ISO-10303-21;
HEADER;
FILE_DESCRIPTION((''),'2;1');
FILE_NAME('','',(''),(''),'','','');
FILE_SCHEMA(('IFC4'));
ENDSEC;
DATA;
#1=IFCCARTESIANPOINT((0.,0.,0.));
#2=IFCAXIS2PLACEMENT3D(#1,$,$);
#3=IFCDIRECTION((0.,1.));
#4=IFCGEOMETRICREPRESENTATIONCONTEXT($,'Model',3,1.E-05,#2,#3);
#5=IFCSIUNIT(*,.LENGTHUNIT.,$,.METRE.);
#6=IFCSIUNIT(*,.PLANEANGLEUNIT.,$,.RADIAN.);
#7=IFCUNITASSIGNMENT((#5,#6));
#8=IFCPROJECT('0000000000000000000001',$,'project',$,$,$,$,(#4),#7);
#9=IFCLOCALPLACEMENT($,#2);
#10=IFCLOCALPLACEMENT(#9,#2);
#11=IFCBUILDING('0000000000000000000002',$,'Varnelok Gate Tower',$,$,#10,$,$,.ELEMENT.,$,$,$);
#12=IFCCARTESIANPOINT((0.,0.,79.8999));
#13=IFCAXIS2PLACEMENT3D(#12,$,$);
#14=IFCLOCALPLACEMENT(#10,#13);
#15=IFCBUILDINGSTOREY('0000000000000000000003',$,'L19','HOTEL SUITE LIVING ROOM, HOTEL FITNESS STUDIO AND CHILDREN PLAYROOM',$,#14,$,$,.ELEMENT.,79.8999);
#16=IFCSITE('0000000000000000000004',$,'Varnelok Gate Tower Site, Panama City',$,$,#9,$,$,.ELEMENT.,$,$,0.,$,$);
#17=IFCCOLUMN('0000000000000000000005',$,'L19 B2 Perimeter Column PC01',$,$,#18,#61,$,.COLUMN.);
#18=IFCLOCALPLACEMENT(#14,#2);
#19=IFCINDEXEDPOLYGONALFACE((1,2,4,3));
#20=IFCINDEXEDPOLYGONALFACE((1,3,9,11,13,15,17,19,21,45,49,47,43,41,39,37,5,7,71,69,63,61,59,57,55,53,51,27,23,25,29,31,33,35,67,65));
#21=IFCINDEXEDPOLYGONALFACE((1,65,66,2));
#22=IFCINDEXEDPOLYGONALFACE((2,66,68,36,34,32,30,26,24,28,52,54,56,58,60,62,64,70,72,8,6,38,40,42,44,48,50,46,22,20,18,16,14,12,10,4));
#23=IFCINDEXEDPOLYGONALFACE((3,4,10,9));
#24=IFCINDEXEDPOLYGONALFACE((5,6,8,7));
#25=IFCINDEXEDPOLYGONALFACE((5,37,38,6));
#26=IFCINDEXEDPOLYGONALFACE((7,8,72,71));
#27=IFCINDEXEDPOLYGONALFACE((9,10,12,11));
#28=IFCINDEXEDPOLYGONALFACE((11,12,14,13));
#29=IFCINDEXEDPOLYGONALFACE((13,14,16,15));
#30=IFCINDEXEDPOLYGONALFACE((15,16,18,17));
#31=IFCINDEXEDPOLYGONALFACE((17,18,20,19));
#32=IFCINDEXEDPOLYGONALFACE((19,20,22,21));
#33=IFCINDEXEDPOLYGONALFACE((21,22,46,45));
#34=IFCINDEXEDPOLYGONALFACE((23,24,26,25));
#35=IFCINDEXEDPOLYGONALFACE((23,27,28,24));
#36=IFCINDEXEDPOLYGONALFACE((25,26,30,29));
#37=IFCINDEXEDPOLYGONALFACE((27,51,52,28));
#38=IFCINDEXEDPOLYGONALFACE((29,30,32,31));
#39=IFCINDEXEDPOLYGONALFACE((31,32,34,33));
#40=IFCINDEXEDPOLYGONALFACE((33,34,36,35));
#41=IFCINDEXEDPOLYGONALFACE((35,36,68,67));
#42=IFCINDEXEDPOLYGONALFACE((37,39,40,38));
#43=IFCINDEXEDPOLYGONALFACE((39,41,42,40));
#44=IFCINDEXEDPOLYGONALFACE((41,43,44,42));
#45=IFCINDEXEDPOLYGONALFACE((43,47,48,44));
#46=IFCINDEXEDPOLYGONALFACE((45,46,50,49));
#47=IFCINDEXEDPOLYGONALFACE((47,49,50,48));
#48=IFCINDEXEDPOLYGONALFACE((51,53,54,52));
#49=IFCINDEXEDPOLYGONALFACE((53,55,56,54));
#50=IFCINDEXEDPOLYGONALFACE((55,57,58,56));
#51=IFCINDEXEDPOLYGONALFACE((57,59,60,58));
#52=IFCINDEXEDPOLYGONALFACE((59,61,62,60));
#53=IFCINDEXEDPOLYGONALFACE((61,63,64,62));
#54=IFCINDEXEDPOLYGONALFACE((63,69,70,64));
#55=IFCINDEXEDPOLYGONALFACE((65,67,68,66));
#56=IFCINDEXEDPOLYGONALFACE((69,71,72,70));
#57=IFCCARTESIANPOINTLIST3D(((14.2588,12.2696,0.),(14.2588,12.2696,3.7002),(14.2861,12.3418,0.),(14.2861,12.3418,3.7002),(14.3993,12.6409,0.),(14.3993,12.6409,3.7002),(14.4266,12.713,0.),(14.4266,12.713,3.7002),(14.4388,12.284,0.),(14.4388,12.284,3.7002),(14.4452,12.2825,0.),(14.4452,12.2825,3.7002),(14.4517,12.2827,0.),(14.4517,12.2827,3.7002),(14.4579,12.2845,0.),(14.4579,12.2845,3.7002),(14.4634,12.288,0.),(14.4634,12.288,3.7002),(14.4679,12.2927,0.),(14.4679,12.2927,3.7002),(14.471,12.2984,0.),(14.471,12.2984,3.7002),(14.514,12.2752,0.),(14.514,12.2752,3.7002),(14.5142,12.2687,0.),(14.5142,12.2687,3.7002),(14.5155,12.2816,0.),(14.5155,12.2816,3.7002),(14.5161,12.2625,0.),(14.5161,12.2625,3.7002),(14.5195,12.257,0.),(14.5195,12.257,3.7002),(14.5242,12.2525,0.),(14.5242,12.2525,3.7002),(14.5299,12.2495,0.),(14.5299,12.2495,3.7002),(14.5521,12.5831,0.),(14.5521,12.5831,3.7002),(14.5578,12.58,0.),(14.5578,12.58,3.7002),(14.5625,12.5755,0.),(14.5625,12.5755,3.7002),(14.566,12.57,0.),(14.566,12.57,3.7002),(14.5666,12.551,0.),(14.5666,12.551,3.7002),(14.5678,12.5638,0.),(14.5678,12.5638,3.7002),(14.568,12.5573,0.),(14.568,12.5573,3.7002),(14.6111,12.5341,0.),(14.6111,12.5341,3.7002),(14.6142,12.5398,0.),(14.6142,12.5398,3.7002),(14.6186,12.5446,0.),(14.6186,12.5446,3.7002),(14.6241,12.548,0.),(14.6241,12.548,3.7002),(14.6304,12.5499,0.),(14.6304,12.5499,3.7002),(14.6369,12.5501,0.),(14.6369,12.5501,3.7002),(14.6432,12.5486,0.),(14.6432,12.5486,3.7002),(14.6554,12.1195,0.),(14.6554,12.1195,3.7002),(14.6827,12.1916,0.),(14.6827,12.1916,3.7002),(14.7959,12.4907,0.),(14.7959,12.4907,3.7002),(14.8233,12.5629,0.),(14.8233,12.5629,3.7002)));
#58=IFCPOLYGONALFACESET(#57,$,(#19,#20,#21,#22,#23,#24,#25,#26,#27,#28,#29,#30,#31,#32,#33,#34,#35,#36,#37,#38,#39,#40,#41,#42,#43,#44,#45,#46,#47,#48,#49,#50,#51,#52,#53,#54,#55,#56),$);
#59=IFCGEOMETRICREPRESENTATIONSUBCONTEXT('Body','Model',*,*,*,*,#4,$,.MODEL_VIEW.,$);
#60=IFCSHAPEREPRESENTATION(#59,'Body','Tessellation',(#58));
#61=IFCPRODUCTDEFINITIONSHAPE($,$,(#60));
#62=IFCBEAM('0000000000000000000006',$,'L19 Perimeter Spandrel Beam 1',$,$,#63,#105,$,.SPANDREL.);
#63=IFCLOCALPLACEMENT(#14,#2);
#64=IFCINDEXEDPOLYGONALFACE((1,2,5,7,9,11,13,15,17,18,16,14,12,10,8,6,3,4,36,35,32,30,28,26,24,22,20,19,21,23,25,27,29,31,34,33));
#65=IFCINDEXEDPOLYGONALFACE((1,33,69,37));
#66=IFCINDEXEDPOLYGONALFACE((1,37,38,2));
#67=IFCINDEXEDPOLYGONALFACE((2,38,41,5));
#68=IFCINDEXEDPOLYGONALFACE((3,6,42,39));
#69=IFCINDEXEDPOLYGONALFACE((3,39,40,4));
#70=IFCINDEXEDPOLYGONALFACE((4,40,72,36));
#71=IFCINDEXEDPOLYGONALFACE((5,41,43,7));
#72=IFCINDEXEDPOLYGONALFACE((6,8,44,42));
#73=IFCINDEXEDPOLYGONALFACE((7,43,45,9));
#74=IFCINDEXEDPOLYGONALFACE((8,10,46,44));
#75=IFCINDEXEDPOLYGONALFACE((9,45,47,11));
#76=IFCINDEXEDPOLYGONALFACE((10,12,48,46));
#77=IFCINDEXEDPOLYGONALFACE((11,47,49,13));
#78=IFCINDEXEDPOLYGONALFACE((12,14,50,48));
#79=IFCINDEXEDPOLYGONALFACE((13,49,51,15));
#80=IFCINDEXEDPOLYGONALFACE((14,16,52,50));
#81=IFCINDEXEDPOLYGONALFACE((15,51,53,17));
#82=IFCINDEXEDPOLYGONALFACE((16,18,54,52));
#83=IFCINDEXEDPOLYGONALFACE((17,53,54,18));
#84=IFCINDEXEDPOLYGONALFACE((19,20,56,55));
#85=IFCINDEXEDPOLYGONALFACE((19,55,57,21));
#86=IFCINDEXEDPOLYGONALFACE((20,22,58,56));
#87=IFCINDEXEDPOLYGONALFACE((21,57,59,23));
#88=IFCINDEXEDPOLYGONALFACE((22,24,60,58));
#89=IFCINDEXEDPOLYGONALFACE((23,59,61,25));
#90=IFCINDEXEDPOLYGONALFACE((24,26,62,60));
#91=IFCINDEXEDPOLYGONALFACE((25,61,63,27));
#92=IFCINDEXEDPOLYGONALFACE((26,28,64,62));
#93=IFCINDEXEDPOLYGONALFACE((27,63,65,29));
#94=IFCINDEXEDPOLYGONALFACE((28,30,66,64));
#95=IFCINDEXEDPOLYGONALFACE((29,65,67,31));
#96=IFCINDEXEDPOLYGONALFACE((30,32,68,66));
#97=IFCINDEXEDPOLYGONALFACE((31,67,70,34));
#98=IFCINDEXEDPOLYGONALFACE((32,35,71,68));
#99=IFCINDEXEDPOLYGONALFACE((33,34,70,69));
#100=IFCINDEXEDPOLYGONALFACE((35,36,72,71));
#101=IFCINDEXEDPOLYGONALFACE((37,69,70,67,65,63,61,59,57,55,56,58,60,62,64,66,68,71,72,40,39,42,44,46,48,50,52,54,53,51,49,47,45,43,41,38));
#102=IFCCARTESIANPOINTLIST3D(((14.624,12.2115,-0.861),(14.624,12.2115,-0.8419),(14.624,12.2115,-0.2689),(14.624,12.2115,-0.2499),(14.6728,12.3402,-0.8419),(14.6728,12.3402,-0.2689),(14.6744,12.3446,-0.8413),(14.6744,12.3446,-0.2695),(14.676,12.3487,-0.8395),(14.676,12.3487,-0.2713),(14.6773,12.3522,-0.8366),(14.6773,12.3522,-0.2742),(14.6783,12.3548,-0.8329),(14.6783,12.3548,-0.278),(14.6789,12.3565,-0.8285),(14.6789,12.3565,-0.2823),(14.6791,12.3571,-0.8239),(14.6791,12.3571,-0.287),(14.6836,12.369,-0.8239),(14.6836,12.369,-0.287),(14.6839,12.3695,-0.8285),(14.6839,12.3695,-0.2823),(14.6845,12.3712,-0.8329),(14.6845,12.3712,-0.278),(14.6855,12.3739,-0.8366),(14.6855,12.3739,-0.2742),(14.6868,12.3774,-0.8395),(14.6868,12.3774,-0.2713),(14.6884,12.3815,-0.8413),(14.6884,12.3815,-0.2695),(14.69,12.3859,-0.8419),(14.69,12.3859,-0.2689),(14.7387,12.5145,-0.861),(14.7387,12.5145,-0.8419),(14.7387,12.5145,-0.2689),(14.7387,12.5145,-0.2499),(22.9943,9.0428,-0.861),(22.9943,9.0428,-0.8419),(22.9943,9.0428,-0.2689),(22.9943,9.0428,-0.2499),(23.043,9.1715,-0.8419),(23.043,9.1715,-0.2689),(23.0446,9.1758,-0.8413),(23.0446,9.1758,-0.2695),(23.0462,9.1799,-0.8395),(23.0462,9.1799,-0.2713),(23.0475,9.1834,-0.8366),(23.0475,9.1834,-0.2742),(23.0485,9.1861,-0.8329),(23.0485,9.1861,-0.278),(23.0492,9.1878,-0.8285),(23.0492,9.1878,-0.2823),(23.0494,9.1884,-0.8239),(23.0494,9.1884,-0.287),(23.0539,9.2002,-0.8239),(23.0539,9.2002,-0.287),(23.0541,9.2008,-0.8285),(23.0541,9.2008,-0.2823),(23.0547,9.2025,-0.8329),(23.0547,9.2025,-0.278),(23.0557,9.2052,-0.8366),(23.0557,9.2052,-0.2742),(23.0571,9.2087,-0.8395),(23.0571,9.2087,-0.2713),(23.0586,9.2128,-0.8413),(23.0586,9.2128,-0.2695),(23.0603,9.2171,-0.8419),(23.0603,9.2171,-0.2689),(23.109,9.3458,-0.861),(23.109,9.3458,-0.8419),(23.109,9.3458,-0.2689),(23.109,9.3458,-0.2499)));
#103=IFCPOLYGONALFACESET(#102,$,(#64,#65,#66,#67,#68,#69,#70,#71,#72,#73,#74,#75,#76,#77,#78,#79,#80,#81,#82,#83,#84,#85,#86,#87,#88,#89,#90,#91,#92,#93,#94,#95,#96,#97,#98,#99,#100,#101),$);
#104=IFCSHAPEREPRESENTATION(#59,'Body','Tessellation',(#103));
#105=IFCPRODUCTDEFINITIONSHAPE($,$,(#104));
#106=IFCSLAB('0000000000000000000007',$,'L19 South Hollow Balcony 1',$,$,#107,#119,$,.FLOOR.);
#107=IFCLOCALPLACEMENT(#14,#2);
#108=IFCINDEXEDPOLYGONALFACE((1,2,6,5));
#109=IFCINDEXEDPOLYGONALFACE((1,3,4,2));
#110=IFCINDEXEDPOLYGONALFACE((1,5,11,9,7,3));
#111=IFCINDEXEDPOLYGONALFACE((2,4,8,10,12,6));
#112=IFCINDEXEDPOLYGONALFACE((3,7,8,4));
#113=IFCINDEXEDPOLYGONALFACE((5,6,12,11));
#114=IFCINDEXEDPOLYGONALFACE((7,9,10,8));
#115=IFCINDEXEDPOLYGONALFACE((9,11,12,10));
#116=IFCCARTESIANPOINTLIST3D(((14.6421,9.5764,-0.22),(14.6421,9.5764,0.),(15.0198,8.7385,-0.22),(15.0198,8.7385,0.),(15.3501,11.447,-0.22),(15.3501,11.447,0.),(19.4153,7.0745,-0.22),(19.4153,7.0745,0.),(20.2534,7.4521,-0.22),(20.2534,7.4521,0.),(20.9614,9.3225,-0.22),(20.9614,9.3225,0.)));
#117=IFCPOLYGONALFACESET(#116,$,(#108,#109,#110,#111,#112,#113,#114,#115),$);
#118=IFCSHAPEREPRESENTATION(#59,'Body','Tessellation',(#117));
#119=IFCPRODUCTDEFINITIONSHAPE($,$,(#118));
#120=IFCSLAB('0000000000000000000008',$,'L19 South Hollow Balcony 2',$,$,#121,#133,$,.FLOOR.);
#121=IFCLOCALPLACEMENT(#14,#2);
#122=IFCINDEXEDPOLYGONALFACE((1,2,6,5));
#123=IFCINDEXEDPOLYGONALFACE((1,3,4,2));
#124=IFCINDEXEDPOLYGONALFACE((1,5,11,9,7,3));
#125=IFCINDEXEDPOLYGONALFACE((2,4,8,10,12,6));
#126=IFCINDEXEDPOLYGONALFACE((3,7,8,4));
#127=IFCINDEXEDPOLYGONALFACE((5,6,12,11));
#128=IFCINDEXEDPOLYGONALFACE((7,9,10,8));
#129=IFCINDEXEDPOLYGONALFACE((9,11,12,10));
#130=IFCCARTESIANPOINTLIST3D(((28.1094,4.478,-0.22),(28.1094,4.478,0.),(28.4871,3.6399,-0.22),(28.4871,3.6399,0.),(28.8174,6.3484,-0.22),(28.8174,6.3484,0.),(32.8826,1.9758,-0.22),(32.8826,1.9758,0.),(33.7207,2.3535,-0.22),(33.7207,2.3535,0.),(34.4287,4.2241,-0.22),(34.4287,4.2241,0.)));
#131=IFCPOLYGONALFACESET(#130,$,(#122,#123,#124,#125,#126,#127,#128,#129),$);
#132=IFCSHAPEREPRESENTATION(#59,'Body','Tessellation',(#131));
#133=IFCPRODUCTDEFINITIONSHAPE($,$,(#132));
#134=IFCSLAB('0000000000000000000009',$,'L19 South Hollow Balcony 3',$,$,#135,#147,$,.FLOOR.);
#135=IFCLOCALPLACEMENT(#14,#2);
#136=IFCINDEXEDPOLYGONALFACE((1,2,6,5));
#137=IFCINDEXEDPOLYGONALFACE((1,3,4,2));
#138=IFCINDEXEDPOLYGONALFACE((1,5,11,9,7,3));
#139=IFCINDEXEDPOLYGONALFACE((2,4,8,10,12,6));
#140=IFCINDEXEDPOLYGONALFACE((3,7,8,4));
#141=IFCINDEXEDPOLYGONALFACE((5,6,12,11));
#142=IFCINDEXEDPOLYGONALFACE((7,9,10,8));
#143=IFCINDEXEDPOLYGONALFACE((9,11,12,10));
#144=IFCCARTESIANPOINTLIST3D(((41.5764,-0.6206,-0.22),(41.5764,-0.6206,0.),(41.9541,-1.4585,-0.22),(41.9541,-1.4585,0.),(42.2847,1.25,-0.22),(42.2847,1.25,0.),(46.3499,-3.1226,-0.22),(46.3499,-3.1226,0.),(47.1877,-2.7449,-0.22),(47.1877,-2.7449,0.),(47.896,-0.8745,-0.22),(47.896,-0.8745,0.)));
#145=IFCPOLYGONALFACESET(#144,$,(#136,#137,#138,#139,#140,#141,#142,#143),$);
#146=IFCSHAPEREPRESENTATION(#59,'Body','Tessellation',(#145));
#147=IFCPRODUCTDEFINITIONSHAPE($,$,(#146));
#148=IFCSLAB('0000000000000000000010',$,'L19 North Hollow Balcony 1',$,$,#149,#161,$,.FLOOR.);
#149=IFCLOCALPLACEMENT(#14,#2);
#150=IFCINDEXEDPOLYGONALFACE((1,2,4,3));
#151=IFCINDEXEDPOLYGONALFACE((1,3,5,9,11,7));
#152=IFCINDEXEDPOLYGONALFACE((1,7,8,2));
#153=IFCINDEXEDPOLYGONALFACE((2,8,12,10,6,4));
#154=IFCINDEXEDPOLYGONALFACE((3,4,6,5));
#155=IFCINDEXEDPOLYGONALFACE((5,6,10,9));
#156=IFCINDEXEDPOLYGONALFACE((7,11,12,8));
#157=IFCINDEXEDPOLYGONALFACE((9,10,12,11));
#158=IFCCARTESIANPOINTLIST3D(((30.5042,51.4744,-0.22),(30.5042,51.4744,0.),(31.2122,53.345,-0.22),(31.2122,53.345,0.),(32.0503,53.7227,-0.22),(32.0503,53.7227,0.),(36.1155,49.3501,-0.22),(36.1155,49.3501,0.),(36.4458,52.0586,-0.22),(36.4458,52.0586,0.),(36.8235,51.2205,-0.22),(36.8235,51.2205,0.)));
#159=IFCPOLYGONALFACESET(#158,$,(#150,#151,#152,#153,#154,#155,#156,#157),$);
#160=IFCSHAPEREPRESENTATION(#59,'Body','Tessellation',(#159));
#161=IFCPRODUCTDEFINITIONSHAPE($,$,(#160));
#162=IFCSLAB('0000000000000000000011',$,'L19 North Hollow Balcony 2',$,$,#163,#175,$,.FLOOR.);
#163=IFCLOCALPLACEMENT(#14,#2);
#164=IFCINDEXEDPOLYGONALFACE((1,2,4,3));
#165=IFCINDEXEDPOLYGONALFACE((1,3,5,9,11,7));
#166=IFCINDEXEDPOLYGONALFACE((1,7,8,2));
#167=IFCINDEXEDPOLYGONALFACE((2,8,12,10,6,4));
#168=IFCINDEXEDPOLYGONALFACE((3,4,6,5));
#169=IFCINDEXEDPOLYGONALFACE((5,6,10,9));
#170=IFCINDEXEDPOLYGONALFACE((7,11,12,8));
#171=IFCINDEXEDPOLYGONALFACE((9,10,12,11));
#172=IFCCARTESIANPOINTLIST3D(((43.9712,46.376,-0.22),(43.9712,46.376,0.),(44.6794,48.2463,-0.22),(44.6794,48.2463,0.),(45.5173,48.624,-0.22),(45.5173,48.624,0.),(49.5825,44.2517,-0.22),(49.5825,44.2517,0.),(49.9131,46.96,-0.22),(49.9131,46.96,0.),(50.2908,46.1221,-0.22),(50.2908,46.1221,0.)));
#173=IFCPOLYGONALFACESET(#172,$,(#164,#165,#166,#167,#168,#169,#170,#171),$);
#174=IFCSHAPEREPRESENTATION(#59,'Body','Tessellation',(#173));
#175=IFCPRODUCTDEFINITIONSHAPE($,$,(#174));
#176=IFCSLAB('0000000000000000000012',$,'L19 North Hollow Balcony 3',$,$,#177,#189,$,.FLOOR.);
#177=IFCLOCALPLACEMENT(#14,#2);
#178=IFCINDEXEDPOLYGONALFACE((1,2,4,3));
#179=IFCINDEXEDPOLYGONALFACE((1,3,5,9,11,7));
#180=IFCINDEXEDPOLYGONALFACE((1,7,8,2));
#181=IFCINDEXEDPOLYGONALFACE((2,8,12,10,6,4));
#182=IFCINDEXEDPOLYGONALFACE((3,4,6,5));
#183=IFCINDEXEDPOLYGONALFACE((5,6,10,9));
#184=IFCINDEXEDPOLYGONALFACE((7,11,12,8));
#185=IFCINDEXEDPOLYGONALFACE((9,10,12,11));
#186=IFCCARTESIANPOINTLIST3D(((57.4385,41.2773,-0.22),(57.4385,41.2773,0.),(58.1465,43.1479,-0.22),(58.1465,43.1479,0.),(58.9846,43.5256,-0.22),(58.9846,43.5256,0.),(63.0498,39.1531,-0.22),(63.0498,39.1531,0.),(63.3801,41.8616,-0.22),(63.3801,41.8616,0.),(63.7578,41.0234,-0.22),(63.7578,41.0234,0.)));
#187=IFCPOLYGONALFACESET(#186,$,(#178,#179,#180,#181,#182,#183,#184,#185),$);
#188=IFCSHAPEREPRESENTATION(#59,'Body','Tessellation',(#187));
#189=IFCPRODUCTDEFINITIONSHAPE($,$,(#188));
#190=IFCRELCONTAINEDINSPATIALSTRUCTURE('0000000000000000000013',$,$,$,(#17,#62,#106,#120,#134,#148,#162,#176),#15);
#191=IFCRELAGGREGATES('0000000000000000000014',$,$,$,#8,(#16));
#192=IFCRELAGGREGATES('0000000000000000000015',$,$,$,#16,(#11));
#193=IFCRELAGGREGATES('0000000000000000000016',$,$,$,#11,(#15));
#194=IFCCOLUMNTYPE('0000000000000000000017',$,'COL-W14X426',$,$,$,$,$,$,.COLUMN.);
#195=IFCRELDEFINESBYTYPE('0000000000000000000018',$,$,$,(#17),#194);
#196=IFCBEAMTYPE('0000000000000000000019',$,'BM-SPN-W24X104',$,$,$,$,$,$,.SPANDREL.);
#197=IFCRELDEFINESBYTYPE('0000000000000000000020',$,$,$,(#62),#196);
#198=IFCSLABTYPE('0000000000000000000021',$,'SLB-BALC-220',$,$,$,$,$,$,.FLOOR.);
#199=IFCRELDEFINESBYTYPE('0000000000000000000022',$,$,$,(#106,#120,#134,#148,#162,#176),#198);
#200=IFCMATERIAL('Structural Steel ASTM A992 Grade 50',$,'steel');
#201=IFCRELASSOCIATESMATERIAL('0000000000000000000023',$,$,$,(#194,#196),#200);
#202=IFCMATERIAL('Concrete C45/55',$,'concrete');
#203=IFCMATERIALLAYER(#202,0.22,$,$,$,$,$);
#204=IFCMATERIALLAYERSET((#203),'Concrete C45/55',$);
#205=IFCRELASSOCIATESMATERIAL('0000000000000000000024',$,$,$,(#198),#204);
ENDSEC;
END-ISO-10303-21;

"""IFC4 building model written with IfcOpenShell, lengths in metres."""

from ifc_helpers import new_model, si_unit, direction, frame, origin, origin_2d, place, context, subcontext, project, spatial, polyline, i_section, outline, extrude, material, layer, layer_set, material_profile, profile_set, type_object, element, save


model = new_model("IFC4")

# Units and contexts
model_context = context("Model", 3, precision=1e-05, world=origin(), true_north=direction((0.0, 1.0)))
body_context = subcontext(model_context, "Body", "Model", "MODEL_VIEW")
ifc_project = project(units=[si_unit("LENGTHUNIT", "METRE"), si_unit("PLANEANGLEUNIT", "RADIAN")], contexts=[model_context])

# Site, building, storey
site_placement = place(None, origin())
site = spatial("IfcSite", under=ifc_project, at=site_placement, Name="Varnelok Gate Tower Site, Panama City", CompositionType="ELEMENT", RefElevation=0.0)
building_placement = place(site_placement, origin())
building = spatial("IfcBuilding", under=site, at=building_placement, Name="Varnelok Gate Tower", CompositionType="ELEMENT")
storey_placement = place(building_placement, frame((0.0, 0.0, 79.8999)))
storey = spatial("IfcBuildingStorey", under=building, at=storey_placement, Name="L19", Description="HOTEL SUITE LIVING ROOM, HOTEL FITNESS STUDIO AND CHILDREN PLAYROOM", CompositionType="ELEMENT", Elevation=79.8999)

# Column
ifc_material_1 = material(Name="Structural Steel ASTM A992 Grade 50", Category="steel")
ifc_material_profile_1 = material_profile(ifc_material_1, i_section(OverallWidth=0.4241, OverallDepth=0.4741, WebThickness=0.0476, FlangeThickness=0.0771, FilletRadius=0.0249, at=origin_2d()), Name="W14X426")
ifc_profile_set_1 = profile_set([ifc_material_profile_1], Name="Structural Steel ASTM A992 Grade 50")
column_type = type_object("IfcColumnType", Name="COL-W14X426", PredefinedType="COLUMN", material=ifc_profile_set_1)
column_placement = place(storey_placement, frame((14.541, 12.4163, 0.0), z_axis=(0.0, 0.0, 1.0), x_axis=(0.935222, -0.354063, 0.0)))
element("IfcColumn", 1, at=column_placement, inside=storey, type_object=column_type, Name="L19 B2 Perimeter Column PC01", PredefinedType="COLUMN", context=body_context, shape_type="SweptSolid", body=[
    extrude(i_section(OverallWidth=0.4241, OverallDepth=0.4741, WebThickness=0.0476, FlangeThickness=0.0771, FilletRadius=0.0249, at=origin_2d()), origin(), (0.0, 0.0, 1.0), 3.7002),
])

# Beam
ifc_material_profile_2 = material_profile(ifc_material_1, i_section(OverallWidth=0.324, OverallDepth=0.6111, WebThickness=0.0127, FlangeThickness=0.019, FilletRadius=0.0181, at=origin_2d()), Name="W24X104")
ifc_profile_set_2 = profile_set([ifc_material_profile_2], Name="Structural Steel ASTM A992 Grade 50")
beam_type = type_object("IfcBeamType", Name="BM-SPN-W24X104", PredefinedType="SPANDREL", material=ifc_profile_set_2)
beam_placement = place(storey_placement, frame((14.6814, 12.363, -0.5554), z_axis=(0.935226, -0.354051, 0.0), x_axis=(0.354051, 0.935226, 0.0)))
element("IfcBeam", 2, at=beam_placement, inside=storey, type_object=beam_type, Name="L19 Perimeter Spandrel Beam 1", PredefinedType="SPANDREL", context=body_context, shape_type="SweptSolid", body=[
    extrude(i_section(OverallWidth=0.324, OverallDepth=0.6111, WebThickness=0.0127, FlangeThickness=0.019, FilletRadius=0.0181, at=origin_2d()), origin(), (0.0, 0.0, 1.0), 8.95),
])

# Slabs
ifc_material_2 = material(Name="Concrete C45/55", Category="concrete")
ifc_layer_1 = layer(ifc_material_2, 0.22)
ifc_layer_set_1 = layer_set([ifc_layer_1], Name="Concrete C45/55")
slab_type_1 = type_object("IfcSlabType", Name="SLB-BALC-220", PredefinedType="FLOOR", material=ifc_layer_set_1)
slab_1_placement = place(storey_placement, frame((0.0, 0.0, -0.22)))
element("IfcSlab", 3, at=slab_1_placement, inside=storey, type_object=slab_type_1, Name="L19 South Hollow Balcony 1", PredefinedType="FLOOR", context=body_context, shape_type="SweptSolid", body=[
    extrude(outline(polyline([(14.6421, 9.5764), (15.0198, 8.7385), (19.4153, 7.0745), (20.2534, 7.4521), (20.9614, 9.3225), (15.3501, 11.447), (14.6421, 9.5764)])), origin(), (0.0, 0.0, 1.0), 0.22),
])
slab_2_placement = place(storey_placement, frame((0.0, 0.0, -0.22)))
element("IfcSlab", 4, at=slab_2_placement, inside=storey, type_object=slab_type_1, Name="L19 South Hollow Balcony 2", PredefinedType="FLOOR", context=body_context, shape_type="SweptSolid", body=[
    extrude(outline(polyline([(28.1094, 4.478), (28.4871, 3.6399), (32.8826, 1.9758), (33.7207, 2.3535), (34.4287, 4.2241), (28.8174, 6.3484), (28.1094, 4.478)])), origin(), (0.0, 0.0, 1.0), 0.22),
])
slab_3_placement = place(storey_placement, frame((0.0, 0.0, -0.22)))
element("IfcSlab", 5, at=slab_3_placement, inside=storey, type_object=slab_type_1, Name="L19 South Hollow Balcony 3", PredefinedType="FLOOR", context=body_context, shape_type="SweptSolid", body=[
    extrude(outline(polyline([(41.5764, -0.6206), (41.9541, -1.4585), (46.3499, -3.1226), (47.1877, -2.7449), (47.896, -0.8745), (42.2847, 1.25), (41.5764, -0.6206)])), origin(), (0.0, 0.0, 1.0), 0.22),
])
slab_4_placement = place(storey_placement, frame((0.0, 0.0, -0.22)))
element("IfcSlab", 6, at=slab_4_placement, inside=storey, type_object=slab_type_1, Name="L19 North Hollow Balcony 1", PredefinedType="FLOOR", context=body_context, shape_type="SweptSolid", body=[
    extrude(outline(polyline([(30.5042, 51.4744), (36.1155, 49.3501), (36.8235, 51.2205), (36.4458, 52.0586), (32.0503, 53.7227), (31.2122, 53.345), (30.5042, 51.4744)])), origin(), (0.0, 0.0, 1.0), 0.22),
])
slab_5_placement = place(storey_placement, frame((0.0, 0.0, -0.22)))
element("IfcSlab", 7, at=slab_5_placement, inside=storey, type_object=slab_type_1, Name="L19 North Hollow Balcony 2", PredefinedType="FLOOR", context=body_context, shape_type="SweptSolid", body=[
    extrude(outline(polyline([(43.9712, 46.376), (49.5825, 44.2517), (50.2908, 46.1221), (49.9131, 46.96), (45.5173, 48.624), (44.6794, 48.2463), (43.9712, 46.376)])), origin(), (0.0, 0.0, 1.0), 0.22),
])
slab_6_placement = place(storey_placement, frame((0.0, 0.0, -0.22)))
element("IfcSlab", 8, at=slab_6_placement, inside=storey, type_object=slab_type_1, Name="L19 North Hollow Balcony 3", PredefinedType="FLOOR", context=body_context, shape_type="SweptSolid", body=[
    extrude(outline(polyline([(57.4385, 41.2773), (63.0498, 39.1531), (63.7578, 41.0234), (63.3801, 41.8616), (58.9846, 43.5256), (58.1465, 43.1479), (57.4385, 41.2773)])), origin(), (0.0, 0.0, 1.0), 0.22),
])

save(model, "model.ifc")
